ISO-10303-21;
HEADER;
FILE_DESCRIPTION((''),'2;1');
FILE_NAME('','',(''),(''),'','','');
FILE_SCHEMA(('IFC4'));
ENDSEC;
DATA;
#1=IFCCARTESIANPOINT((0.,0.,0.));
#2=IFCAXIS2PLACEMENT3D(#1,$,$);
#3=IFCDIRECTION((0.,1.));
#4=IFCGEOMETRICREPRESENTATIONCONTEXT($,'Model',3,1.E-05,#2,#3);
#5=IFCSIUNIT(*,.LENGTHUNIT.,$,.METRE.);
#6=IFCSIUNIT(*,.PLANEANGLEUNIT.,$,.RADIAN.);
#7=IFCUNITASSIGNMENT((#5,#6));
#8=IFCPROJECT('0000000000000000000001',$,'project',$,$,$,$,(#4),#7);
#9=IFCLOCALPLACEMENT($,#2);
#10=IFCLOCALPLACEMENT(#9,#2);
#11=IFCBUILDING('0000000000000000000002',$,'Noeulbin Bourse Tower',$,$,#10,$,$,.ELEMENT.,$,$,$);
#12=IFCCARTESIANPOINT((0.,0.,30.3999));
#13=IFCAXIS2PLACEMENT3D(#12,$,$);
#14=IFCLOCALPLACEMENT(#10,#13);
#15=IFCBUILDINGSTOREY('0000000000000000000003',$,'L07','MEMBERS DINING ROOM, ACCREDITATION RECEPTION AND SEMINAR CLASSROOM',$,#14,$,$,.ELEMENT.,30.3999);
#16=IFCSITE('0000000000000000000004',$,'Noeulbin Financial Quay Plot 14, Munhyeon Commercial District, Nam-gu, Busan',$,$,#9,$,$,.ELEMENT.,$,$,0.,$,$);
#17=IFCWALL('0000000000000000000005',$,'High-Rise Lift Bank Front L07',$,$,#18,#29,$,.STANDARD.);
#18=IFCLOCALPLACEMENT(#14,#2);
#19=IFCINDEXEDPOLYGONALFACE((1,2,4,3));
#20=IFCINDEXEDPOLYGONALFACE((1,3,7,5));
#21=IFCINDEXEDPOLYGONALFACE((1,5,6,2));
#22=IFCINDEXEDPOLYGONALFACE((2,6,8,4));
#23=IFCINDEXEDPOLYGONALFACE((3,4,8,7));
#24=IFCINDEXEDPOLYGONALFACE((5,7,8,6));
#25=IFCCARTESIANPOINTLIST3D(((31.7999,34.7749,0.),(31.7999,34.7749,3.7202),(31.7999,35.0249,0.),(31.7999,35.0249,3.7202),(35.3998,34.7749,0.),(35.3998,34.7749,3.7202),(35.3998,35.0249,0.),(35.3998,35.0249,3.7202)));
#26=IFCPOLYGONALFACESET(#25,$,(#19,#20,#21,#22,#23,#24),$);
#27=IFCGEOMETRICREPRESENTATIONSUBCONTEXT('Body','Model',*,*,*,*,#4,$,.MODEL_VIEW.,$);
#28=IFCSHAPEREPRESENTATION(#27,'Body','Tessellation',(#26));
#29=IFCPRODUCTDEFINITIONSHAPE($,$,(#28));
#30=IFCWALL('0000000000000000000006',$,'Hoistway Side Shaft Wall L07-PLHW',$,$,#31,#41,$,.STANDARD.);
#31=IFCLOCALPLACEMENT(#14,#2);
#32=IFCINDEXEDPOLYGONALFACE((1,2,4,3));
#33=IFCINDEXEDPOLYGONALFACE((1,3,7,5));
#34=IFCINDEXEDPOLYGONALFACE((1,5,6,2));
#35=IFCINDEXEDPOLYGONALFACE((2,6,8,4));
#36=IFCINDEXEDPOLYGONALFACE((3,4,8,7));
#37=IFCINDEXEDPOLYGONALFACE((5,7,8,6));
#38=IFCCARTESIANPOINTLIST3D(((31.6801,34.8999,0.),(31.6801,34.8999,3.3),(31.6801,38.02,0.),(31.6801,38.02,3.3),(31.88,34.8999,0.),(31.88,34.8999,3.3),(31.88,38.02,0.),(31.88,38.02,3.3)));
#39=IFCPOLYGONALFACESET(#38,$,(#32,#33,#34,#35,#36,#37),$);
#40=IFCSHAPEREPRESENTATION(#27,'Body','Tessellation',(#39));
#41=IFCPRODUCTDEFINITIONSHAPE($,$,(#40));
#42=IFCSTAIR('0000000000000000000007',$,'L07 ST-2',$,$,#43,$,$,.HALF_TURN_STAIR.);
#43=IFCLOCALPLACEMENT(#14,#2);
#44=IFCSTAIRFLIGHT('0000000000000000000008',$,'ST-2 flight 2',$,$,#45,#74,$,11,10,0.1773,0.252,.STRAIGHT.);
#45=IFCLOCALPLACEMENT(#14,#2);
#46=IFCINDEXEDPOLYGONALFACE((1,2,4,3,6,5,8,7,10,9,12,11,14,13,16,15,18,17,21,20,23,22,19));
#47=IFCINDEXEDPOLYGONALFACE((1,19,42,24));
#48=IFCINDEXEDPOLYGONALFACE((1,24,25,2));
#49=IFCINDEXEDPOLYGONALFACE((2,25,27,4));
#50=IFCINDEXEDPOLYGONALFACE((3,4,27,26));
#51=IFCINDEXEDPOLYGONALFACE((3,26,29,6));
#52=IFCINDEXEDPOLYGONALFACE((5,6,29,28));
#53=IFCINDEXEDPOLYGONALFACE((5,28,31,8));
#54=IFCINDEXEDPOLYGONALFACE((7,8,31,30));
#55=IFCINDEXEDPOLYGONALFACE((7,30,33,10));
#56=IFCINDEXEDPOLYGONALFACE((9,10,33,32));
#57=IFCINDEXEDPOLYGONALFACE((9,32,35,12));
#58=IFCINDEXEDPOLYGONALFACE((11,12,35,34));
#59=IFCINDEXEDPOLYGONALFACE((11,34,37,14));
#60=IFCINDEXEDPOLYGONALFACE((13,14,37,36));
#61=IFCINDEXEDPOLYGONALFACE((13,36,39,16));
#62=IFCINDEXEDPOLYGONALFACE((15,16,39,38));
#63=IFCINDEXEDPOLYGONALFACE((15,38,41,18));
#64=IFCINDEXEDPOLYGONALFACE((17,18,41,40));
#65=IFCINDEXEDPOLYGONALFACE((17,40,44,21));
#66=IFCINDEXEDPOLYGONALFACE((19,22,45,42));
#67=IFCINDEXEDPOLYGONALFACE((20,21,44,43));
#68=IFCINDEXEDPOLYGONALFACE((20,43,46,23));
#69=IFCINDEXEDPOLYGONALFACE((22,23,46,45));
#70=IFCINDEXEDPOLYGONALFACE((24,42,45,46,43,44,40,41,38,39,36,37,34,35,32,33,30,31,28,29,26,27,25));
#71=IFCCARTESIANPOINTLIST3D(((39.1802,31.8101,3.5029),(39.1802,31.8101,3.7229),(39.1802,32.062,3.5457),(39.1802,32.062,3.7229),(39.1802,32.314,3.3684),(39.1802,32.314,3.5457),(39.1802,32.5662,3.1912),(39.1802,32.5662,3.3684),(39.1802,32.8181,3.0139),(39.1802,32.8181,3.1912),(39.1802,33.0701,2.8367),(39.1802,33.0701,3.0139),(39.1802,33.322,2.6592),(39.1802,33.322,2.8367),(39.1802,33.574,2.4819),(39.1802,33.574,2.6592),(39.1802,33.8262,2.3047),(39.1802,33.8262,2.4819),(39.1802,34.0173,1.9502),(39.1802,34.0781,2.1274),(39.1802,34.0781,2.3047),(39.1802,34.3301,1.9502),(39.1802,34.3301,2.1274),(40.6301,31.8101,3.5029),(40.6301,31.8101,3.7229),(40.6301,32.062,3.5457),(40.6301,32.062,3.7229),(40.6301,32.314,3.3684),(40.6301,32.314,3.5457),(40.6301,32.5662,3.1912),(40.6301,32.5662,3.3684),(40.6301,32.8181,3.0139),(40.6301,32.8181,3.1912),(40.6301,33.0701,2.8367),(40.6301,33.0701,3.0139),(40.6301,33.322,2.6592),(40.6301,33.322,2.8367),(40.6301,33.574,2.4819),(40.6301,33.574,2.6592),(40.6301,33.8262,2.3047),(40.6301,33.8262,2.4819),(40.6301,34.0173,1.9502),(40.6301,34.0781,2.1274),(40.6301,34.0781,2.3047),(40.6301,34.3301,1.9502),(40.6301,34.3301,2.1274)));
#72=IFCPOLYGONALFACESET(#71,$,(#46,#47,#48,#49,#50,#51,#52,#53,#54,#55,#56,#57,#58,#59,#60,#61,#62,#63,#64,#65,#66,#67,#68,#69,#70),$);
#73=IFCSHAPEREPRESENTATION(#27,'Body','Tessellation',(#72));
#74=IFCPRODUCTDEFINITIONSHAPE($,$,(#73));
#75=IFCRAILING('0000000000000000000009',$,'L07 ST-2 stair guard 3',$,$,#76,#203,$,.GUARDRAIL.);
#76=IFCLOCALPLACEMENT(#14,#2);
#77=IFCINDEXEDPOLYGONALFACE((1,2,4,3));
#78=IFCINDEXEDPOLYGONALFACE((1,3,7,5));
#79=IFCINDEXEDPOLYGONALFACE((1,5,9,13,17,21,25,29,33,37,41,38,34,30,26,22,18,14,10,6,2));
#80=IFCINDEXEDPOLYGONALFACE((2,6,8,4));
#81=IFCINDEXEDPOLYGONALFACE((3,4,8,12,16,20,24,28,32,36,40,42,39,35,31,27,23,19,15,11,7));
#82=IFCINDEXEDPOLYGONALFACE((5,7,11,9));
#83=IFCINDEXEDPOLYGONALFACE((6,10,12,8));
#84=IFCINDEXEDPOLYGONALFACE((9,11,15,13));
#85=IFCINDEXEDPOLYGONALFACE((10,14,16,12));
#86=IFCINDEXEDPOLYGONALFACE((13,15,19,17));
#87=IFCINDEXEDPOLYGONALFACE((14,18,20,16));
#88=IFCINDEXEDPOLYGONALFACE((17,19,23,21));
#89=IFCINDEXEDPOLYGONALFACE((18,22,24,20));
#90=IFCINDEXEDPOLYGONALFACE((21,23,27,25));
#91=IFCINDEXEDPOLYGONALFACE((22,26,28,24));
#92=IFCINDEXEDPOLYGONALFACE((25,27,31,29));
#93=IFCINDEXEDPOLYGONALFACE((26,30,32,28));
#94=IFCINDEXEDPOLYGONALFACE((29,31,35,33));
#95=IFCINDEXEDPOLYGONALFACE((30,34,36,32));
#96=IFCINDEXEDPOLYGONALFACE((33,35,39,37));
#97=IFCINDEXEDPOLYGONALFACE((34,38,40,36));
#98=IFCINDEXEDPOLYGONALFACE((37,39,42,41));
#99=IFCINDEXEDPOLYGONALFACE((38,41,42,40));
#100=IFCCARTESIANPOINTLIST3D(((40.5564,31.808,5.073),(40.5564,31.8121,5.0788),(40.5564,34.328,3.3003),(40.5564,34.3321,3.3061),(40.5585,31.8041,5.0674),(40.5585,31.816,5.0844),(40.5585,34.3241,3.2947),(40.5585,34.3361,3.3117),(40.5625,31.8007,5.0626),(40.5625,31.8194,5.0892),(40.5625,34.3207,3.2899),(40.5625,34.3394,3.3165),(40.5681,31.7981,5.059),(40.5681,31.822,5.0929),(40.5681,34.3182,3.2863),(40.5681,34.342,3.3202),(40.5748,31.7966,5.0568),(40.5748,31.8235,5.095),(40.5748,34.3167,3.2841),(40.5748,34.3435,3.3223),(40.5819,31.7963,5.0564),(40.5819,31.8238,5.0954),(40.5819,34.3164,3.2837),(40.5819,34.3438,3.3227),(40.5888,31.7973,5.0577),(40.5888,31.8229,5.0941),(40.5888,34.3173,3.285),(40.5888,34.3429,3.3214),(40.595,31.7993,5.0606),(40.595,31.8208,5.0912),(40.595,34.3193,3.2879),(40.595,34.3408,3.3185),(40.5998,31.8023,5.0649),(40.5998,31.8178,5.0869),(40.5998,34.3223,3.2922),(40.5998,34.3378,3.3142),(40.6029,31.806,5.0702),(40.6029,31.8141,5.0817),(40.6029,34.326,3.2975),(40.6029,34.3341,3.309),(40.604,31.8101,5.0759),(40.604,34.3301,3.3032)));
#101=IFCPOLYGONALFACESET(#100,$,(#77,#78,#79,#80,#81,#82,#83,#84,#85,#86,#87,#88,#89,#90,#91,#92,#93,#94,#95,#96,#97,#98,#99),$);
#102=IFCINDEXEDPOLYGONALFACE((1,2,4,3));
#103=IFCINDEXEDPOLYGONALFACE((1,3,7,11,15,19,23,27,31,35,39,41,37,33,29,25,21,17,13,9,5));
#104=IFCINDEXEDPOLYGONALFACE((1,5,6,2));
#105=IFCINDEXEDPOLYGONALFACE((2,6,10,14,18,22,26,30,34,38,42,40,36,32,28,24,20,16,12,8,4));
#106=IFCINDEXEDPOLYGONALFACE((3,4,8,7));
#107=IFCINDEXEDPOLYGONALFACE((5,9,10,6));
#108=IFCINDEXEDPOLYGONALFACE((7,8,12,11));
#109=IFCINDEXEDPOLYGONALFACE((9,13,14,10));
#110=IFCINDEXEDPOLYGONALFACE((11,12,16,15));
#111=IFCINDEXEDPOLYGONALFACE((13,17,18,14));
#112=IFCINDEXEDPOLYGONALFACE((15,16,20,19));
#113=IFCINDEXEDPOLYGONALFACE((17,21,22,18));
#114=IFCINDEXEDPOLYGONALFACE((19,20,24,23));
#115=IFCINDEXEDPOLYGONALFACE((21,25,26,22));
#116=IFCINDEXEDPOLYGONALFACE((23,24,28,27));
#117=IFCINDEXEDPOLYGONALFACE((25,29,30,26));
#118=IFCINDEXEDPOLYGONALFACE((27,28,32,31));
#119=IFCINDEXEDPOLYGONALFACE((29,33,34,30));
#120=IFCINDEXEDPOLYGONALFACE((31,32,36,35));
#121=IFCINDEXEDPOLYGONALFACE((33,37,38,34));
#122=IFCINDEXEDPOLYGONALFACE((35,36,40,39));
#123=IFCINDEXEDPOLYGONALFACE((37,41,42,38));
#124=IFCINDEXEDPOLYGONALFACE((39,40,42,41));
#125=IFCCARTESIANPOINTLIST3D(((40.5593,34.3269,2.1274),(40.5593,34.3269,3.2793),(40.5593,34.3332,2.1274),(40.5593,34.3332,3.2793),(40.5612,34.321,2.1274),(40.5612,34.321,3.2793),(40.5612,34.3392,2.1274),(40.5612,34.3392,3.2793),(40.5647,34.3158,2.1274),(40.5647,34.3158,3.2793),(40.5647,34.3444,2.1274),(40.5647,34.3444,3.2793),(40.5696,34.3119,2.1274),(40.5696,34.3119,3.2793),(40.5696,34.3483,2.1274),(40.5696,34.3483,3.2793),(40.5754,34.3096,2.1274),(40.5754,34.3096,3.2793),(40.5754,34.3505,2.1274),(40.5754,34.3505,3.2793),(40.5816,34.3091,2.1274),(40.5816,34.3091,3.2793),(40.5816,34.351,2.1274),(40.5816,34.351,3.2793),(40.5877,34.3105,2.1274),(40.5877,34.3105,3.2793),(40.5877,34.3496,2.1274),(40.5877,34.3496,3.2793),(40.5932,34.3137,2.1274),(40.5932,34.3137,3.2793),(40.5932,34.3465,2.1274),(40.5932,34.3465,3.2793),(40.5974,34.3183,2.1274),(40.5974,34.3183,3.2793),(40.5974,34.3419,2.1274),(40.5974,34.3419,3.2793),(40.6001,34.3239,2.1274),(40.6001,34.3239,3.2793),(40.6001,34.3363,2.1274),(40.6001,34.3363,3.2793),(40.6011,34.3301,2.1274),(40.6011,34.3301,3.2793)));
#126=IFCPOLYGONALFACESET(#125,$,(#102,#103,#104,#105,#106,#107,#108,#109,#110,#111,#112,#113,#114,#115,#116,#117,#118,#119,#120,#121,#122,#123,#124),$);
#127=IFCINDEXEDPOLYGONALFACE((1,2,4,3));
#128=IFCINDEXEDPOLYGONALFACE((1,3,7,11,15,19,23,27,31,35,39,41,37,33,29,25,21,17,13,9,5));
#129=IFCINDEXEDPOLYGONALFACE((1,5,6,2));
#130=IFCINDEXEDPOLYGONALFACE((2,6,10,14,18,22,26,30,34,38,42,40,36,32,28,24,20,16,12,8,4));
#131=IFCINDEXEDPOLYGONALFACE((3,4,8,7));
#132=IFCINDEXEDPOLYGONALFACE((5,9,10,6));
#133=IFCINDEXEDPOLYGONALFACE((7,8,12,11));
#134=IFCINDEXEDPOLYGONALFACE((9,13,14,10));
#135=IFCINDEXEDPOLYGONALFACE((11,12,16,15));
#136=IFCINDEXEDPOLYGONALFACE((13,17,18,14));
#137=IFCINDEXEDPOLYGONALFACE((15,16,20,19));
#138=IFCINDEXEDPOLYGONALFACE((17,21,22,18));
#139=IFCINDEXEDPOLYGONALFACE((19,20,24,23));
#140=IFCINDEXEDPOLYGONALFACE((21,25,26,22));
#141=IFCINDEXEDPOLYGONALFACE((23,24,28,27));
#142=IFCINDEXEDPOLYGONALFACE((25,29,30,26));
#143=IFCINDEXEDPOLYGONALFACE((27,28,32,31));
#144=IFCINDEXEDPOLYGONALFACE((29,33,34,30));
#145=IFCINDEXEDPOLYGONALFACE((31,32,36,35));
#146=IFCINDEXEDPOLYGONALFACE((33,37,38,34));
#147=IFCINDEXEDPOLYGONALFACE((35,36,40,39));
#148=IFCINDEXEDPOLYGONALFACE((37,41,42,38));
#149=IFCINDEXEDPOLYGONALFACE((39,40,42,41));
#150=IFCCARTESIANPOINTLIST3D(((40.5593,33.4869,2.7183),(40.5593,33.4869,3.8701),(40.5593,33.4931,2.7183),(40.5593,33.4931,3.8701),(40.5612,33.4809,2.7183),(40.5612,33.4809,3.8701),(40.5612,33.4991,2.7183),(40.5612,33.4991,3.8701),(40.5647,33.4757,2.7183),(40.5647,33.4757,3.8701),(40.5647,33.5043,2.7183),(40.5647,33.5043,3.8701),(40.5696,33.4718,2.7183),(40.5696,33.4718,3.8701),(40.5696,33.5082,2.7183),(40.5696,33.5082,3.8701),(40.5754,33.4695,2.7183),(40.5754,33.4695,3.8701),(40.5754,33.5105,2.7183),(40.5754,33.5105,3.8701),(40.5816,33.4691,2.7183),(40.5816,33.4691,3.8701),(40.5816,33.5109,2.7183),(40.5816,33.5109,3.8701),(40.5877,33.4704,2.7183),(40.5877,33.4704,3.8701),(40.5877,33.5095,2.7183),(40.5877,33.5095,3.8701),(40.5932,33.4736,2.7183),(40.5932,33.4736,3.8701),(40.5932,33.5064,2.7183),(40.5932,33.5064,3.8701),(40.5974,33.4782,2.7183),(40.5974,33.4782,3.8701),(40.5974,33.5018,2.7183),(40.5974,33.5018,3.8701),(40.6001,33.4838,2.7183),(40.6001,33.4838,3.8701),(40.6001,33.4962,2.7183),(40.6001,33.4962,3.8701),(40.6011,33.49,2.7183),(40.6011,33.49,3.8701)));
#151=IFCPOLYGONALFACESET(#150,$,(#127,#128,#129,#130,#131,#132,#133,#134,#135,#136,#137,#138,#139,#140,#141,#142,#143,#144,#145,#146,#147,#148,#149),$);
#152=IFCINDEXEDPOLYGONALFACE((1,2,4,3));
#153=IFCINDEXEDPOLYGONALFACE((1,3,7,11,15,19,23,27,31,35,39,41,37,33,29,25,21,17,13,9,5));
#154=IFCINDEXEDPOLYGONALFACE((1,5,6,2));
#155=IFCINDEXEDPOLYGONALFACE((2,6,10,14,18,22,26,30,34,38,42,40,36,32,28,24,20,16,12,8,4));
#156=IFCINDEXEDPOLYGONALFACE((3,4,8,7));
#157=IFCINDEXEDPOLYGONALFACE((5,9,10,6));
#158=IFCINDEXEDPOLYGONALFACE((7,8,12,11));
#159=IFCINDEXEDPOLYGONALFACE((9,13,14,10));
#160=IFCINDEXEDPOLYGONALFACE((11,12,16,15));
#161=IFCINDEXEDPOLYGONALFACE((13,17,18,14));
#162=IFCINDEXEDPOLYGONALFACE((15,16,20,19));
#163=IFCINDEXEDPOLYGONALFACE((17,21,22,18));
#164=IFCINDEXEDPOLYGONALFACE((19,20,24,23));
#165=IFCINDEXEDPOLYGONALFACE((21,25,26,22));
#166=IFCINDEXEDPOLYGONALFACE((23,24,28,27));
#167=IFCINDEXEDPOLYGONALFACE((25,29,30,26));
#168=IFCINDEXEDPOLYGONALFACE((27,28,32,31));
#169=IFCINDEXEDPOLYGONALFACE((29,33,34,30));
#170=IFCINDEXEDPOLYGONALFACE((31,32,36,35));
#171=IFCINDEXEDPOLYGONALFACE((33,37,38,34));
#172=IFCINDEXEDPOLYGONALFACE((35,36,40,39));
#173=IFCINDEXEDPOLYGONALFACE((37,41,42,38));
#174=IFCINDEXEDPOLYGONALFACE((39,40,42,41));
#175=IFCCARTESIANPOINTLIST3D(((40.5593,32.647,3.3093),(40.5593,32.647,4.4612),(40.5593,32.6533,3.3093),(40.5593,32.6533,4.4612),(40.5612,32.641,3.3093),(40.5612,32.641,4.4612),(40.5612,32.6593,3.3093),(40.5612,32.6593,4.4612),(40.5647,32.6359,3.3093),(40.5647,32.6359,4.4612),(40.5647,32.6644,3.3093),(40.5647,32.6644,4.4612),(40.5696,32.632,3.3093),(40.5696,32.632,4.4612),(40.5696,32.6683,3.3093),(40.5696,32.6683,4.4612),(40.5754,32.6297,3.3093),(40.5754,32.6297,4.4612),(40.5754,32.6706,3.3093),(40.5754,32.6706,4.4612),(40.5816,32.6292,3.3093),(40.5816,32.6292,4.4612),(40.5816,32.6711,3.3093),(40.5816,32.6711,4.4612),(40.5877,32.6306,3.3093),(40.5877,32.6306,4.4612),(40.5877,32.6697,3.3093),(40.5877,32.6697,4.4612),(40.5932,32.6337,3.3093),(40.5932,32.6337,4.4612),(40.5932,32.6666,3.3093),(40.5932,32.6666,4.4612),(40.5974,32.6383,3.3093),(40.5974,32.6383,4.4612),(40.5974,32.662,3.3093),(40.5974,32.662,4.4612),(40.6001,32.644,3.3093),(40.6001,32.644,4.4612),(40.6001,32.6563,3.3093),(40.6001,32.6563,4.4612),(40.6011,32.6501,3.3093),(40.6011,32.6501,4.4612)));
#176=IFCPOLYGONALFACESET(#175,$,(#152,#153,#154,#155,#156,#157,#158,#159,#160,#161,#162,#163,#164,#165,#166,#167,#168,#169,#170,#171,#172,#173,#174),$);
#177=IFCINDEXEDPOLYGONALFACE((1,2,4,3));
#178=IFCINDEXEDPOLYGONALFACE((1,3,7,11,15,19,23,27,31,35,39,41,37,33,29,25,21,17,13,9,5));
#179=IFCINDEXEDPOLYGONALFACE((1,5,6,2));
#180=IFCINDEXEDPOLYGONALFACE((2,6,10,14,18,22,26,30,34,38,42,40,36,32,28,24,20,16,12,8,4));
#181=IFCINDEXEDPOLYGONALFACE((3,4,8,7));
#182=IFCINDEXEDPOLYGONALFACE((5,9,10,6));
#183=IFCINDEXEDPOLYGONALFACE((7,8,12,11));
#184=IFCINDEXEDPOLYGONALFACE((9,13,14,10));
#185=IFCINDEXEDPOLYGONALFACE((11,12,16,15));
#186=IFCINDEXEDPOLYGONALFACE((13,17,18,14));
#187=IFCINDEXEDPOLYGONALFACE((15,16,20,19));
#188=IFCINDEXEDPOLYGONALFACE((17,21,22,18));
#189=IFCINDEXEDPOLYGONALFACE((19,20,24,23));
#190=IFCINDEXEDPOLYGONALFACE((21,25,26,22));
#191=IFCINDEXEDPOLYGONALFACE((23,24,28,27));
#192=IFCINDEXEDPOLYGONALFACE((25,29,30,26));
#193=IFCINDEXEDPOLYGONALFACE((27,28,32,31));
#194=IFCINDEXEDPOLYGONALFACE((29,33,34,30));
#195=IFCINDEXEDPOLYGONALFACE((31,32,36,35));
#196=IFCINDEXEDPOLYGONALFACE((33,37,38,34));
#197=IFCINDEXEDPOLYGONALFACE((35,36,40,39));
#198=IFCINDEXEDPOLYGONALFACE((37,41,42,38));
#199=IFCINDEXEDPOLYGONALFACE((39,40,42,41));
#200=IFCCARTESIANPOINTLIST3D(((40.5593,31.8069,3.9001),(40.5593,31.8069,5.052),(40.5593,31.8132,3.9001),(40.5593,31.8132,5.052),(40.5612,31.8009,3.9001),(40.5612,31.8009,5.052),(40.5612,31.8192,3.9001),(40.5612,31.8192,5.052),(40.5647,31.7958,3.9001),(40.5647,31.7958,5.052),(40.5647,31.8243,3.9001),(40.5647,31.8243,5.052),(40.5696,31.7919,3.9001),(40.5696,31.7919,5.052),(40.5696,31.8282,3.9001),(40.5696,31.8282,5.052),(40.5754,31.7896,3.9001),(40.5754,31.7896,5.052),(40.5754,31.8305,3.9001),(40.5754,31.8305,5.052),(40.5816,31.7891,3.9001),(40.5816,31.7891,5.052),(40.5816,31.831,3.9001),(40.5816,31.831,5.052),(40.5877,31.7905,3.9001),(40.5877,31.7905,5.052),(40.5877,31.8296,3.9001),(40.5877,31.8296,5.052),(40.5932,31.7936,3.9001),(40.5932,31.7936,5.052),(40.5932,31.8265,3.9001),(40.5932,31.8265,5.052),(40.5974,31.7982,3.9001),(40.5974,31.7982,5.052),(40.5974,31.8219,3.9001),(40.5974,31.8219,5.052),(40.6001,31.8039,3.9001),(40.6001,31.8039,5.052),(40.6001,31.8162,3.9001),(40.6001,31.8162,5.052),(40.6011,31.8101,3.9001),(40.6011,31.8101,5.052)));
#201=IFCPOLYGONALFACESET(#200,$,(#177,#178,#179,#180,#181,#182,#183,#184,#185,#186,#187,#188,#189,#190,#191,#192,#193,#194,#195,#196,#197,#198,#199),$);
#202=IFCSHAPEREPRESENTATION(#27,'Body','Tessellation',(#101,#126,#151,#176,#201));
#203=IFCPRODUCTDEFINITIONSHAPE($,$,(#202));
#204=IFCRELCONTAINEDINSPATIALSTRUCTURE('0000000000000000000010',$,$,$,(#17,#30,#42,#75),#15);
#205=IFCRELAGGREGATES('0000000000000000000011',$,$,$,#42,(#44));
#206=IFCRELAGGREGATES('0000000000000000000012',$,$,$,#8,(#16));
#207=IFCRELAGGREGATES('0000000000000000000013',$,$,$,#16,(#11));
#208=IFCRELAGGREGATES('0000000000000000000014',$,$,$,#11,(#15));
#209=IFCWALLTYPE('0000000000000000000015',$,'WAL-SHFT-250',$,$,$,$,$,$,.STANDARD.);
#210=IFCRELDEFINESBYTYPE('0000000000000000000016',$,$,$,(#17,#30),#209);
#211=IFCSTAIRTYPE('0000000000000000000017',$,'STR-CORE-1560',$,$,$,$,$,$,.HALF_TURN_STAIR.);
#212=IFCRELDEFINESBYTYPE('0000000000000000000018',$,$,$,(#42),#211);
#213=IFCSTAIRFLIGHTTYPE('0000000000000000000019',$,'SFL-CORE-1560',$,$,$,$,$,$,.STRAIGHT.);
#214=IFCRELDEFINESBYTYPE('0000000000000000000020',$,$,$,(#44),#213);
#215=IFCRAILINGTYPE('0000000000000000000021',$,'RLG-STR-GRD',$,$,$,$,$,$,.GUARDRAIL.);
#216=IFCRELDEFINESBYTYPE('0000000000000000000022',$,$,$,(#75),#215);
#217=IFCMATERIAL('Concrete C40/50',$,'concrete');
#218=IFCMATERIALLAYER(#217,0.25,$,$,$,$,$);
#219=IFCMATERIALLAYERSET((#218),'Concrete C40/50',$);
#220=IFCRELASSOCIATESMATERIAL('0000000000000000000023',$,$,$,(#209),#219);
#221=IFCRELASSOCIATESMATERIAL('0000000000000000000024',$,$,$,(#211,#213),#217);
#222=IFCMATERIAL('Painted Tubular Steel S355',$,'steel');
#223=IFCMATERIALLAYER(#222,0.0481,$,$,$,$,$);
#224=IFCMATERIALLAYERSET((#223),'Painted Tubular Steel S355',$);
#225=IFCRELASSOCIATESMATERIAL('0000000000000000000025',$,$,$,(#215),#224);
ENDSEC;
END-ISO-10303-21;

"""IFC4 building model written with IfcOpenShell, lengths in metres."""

from ifc_helpers import new_model, si_unit, direction, frame, frame_2d, origin, origin_2d, place, context, subcontext, project, spatial, polyline, rectangle, circle, outline, extrude, material, layer, layer_set, type_object, element, aggregate, save


model = new_model("IFC4")

# Units and contexts
model_context = context("Model", 3, precision=1e-05, world=origin(), true_north=direction((0.0, 1.0)))
body_context = subcontext(model_context, "Body", "Model", "MODEL_VIEW")
ifc_project = project(units=[si_unit("LENGTHUNIT", "METRE"), si_unit("PLANEANGLEUNIT", "RADIAN")], contexts=[model_context])

# Site, building, storey
site_placement = place(None, origin())
site = spatial("IfcSite", under=ifc_project, at=site_placement, Name="Noeulbin Financial Quay Plot 14, Munhyeon Commercial District, Nam-gu, Busan", CompositionType="ELEMENT", RefElevation=0.0)
building_placement = place(site_placement, origin())
building = spatial("IfcBuilding", under=site, at=building_placement, Name="Noeulbin Bourse Tower", CompositionType="ELEMENT")
storey_placement = place(building_placement, frame((0.0, 0.0, 30.3999)))
storey = spatial("IfcBuildingStorey", under=building, at=storey_placement, Name="L07", Description="MEMBERS DINING ROOM, ACCREDITATION RECEPTION AND SEMINAR CLASSROOM", CompositionType="ELEMENT", Elevation=30.3999)

# Shared definitions
ifc_material_1 = material(Name="Concrete C40/50", Category="concrete")

# Shared definitions
ifc_layer_1 = layer(ifc_material_1, 0.25)
ifc_layer_set_1 = layer_set([ifc_layer_1], Name="Concrete C40/50")
wall_type_1 = type_object("IfcWallType", Name="WAL-SHFT-250", PredefinedType="STANDARD", material=ifc_layer_set_1)

# Walls
wall_1_placement = place(storey_placement, frame((31.8, 34.8999, 0.0), z_axis=(0.0, 0.0, 1.0), x_axis=(1.0, 0.0, 0.0)))
element("IfcWall", 1, at=wall_1_placement, inside=storey, type_object=wall_type_1, Name="High-Rise Lift Bank Front L07", PredefinedType="STANDARD", context=body_context, shape_type="SweptSolid", body=[
    extrude(rectangle(XDim=3.5999, YDim=0.25, at=frame_2d((1.7998, 0.0))), origin(), (0.0, 0.0, 1.0), 3.7202),
])
wall_2_placement = place(storey_placement, frame((31.78, 34.8999, 0.0), z_axis=(0.0, 0.0, 1.0), x_axis=(0.0, 1.0, 0.0)))
element("IfcWall", 2, at=wall_2_placement, inside=storey, type_object=wall_type_1, Name="Hoistway Side Shaft Wall L07-PLHW", PredefinedType="STANDARD", context=body_context, shape_type="SweptSolid", body=[
    extrude(rectangle(XDim=3.1201, YDim=0.2, at=frame_2d((1.5601, 0.0))), origin(), (0.0, 0.0, 1.0), 3.3),
])

# Stair, stair flight
stair_type = type_object("IfcStairType", Name="STR-CORE-1560", PredefinedType="HALF_TURN_STAIR", material=ifc_material_1)
stair_placement = place(storey_placement, origin())
stair = element("IfcStair", 3, at=stair_placement, inside=storey, type_object=stair_type, Name="L07 ST-2", PredefinedType="HALF_TURN_STAIR")
stair_flight_type = type_object("IfcStairFlightType", Name="SFL-CORE-1560", PredefinedType="STRAIGHT", material=ifc_material_1)
stair_flight_placement = place(storey_placement, frame((39.905, 34.3301, 1.9502), z_axis=(0.0, 0.0, 1.0), x_axis=(0.0, -1.0, 0.0)))
stair_flight = element("IfcStairFlight", 4, at=stair_flight_placement, type_object=stair_flight_type, Name="ST-2 flight 2", NumberOfRisers=11, NumberOfTreads=10, PredefinedType="STRAIGHT", RiserHeight=0.1773, TreadLength=0.252, context=body_context, shape_type="SweptSolid", body=[
    extrude(outline(polyline([(0.0, 0.0), (0.0, 0.1772), (0.252, 0.1772), (0.252, 0.3545), (0.5039, 0.3545), (0.5039, 0.5317), (0.7561, 0.5317), (0.7561, 0.709), (1.0081, 0.709), (1.0081, 0.8865), (1.26, 0.8865), (1.26, 1.0637), (1.512, 1.0637), (1.512, 1.241), (1.7639, 1.241), (1.7639, 1.4182), (2.0161, 1.4182), (2.0161, 1.5955), (2.2681, 1.5955), (2.2681, 1.7727), (2.52, 1.7727), (2.52, 1.95), (2.52, 1.5527), (0.3127, 0.0), (0.0, 0.0)])), frame((0.0, 0.7251, 0.0), z_axis=(0.0, -1.0, 0.0), x_axis=(1.0, 0.0, 0.0)), (0.0, 0.0, 1.0), 1.45),
])
aggregate(stair, [stair_flight])

# Railing
ifc_material_2 = material(Name="Painted Tubular Steel S355", Category="steel")
ifc_layer_2 = layer(ifc_material_2, 0.0481)
ifc_layer_set_2 = layer_set([ifc_layer_2], Name="Painted Tubular Steel S355")
railing_type_1 = type_object("IfcRailingType", Name="RLG-STR-GRD", PredefinedType="GUARDRAIL", material=ifc_layer_set_2)
railing_1_placement = place(storey_placement, frame((40.5801, 34.3301, 2.1274)))
element("IfcRailing", 5, at=railing_1_placement, inside=storey, type_object=railing_type_1, Name="L07 ST-2 stair guard 3", PredefinedType="GUARDRAIL", context=body_context, shape_type="SweptSolid", body=[
    extrude(circle(Radius=0.0239, at=origin_2d()), frame((0.0, 0.0, 1.1758), z_axis=(0.0, -0.817904, 0.575354), x_axis=(1.0, 0.0, 0.0)), (0.0, 0.0, 1.0), 3.0811),
    extrude(circle(Radius=0.021, at=origin_2d()), origin(), (0.0, 0.0, 1.0), 1.1519),
    extrude(circle(Radius=0.021, at=origin_2d()), frame((0.0, -0.8401, 0.5908)), (0.0, 0.0, 1.0), 1.1519),
    extrude(circle(Radius=0.021, at=origin_2d()), frame((0.0, -1.6799, 1.1819)), (0.0, 0.0, 1.0), 1.1519),
    extrude(circle(Radius=0.021, at=origin_2d()), frame((0.0, -2.52, 1.7727)), (0.0, 0.0, 1.0), 1.1519),
])

save(model, "model.ifc")
